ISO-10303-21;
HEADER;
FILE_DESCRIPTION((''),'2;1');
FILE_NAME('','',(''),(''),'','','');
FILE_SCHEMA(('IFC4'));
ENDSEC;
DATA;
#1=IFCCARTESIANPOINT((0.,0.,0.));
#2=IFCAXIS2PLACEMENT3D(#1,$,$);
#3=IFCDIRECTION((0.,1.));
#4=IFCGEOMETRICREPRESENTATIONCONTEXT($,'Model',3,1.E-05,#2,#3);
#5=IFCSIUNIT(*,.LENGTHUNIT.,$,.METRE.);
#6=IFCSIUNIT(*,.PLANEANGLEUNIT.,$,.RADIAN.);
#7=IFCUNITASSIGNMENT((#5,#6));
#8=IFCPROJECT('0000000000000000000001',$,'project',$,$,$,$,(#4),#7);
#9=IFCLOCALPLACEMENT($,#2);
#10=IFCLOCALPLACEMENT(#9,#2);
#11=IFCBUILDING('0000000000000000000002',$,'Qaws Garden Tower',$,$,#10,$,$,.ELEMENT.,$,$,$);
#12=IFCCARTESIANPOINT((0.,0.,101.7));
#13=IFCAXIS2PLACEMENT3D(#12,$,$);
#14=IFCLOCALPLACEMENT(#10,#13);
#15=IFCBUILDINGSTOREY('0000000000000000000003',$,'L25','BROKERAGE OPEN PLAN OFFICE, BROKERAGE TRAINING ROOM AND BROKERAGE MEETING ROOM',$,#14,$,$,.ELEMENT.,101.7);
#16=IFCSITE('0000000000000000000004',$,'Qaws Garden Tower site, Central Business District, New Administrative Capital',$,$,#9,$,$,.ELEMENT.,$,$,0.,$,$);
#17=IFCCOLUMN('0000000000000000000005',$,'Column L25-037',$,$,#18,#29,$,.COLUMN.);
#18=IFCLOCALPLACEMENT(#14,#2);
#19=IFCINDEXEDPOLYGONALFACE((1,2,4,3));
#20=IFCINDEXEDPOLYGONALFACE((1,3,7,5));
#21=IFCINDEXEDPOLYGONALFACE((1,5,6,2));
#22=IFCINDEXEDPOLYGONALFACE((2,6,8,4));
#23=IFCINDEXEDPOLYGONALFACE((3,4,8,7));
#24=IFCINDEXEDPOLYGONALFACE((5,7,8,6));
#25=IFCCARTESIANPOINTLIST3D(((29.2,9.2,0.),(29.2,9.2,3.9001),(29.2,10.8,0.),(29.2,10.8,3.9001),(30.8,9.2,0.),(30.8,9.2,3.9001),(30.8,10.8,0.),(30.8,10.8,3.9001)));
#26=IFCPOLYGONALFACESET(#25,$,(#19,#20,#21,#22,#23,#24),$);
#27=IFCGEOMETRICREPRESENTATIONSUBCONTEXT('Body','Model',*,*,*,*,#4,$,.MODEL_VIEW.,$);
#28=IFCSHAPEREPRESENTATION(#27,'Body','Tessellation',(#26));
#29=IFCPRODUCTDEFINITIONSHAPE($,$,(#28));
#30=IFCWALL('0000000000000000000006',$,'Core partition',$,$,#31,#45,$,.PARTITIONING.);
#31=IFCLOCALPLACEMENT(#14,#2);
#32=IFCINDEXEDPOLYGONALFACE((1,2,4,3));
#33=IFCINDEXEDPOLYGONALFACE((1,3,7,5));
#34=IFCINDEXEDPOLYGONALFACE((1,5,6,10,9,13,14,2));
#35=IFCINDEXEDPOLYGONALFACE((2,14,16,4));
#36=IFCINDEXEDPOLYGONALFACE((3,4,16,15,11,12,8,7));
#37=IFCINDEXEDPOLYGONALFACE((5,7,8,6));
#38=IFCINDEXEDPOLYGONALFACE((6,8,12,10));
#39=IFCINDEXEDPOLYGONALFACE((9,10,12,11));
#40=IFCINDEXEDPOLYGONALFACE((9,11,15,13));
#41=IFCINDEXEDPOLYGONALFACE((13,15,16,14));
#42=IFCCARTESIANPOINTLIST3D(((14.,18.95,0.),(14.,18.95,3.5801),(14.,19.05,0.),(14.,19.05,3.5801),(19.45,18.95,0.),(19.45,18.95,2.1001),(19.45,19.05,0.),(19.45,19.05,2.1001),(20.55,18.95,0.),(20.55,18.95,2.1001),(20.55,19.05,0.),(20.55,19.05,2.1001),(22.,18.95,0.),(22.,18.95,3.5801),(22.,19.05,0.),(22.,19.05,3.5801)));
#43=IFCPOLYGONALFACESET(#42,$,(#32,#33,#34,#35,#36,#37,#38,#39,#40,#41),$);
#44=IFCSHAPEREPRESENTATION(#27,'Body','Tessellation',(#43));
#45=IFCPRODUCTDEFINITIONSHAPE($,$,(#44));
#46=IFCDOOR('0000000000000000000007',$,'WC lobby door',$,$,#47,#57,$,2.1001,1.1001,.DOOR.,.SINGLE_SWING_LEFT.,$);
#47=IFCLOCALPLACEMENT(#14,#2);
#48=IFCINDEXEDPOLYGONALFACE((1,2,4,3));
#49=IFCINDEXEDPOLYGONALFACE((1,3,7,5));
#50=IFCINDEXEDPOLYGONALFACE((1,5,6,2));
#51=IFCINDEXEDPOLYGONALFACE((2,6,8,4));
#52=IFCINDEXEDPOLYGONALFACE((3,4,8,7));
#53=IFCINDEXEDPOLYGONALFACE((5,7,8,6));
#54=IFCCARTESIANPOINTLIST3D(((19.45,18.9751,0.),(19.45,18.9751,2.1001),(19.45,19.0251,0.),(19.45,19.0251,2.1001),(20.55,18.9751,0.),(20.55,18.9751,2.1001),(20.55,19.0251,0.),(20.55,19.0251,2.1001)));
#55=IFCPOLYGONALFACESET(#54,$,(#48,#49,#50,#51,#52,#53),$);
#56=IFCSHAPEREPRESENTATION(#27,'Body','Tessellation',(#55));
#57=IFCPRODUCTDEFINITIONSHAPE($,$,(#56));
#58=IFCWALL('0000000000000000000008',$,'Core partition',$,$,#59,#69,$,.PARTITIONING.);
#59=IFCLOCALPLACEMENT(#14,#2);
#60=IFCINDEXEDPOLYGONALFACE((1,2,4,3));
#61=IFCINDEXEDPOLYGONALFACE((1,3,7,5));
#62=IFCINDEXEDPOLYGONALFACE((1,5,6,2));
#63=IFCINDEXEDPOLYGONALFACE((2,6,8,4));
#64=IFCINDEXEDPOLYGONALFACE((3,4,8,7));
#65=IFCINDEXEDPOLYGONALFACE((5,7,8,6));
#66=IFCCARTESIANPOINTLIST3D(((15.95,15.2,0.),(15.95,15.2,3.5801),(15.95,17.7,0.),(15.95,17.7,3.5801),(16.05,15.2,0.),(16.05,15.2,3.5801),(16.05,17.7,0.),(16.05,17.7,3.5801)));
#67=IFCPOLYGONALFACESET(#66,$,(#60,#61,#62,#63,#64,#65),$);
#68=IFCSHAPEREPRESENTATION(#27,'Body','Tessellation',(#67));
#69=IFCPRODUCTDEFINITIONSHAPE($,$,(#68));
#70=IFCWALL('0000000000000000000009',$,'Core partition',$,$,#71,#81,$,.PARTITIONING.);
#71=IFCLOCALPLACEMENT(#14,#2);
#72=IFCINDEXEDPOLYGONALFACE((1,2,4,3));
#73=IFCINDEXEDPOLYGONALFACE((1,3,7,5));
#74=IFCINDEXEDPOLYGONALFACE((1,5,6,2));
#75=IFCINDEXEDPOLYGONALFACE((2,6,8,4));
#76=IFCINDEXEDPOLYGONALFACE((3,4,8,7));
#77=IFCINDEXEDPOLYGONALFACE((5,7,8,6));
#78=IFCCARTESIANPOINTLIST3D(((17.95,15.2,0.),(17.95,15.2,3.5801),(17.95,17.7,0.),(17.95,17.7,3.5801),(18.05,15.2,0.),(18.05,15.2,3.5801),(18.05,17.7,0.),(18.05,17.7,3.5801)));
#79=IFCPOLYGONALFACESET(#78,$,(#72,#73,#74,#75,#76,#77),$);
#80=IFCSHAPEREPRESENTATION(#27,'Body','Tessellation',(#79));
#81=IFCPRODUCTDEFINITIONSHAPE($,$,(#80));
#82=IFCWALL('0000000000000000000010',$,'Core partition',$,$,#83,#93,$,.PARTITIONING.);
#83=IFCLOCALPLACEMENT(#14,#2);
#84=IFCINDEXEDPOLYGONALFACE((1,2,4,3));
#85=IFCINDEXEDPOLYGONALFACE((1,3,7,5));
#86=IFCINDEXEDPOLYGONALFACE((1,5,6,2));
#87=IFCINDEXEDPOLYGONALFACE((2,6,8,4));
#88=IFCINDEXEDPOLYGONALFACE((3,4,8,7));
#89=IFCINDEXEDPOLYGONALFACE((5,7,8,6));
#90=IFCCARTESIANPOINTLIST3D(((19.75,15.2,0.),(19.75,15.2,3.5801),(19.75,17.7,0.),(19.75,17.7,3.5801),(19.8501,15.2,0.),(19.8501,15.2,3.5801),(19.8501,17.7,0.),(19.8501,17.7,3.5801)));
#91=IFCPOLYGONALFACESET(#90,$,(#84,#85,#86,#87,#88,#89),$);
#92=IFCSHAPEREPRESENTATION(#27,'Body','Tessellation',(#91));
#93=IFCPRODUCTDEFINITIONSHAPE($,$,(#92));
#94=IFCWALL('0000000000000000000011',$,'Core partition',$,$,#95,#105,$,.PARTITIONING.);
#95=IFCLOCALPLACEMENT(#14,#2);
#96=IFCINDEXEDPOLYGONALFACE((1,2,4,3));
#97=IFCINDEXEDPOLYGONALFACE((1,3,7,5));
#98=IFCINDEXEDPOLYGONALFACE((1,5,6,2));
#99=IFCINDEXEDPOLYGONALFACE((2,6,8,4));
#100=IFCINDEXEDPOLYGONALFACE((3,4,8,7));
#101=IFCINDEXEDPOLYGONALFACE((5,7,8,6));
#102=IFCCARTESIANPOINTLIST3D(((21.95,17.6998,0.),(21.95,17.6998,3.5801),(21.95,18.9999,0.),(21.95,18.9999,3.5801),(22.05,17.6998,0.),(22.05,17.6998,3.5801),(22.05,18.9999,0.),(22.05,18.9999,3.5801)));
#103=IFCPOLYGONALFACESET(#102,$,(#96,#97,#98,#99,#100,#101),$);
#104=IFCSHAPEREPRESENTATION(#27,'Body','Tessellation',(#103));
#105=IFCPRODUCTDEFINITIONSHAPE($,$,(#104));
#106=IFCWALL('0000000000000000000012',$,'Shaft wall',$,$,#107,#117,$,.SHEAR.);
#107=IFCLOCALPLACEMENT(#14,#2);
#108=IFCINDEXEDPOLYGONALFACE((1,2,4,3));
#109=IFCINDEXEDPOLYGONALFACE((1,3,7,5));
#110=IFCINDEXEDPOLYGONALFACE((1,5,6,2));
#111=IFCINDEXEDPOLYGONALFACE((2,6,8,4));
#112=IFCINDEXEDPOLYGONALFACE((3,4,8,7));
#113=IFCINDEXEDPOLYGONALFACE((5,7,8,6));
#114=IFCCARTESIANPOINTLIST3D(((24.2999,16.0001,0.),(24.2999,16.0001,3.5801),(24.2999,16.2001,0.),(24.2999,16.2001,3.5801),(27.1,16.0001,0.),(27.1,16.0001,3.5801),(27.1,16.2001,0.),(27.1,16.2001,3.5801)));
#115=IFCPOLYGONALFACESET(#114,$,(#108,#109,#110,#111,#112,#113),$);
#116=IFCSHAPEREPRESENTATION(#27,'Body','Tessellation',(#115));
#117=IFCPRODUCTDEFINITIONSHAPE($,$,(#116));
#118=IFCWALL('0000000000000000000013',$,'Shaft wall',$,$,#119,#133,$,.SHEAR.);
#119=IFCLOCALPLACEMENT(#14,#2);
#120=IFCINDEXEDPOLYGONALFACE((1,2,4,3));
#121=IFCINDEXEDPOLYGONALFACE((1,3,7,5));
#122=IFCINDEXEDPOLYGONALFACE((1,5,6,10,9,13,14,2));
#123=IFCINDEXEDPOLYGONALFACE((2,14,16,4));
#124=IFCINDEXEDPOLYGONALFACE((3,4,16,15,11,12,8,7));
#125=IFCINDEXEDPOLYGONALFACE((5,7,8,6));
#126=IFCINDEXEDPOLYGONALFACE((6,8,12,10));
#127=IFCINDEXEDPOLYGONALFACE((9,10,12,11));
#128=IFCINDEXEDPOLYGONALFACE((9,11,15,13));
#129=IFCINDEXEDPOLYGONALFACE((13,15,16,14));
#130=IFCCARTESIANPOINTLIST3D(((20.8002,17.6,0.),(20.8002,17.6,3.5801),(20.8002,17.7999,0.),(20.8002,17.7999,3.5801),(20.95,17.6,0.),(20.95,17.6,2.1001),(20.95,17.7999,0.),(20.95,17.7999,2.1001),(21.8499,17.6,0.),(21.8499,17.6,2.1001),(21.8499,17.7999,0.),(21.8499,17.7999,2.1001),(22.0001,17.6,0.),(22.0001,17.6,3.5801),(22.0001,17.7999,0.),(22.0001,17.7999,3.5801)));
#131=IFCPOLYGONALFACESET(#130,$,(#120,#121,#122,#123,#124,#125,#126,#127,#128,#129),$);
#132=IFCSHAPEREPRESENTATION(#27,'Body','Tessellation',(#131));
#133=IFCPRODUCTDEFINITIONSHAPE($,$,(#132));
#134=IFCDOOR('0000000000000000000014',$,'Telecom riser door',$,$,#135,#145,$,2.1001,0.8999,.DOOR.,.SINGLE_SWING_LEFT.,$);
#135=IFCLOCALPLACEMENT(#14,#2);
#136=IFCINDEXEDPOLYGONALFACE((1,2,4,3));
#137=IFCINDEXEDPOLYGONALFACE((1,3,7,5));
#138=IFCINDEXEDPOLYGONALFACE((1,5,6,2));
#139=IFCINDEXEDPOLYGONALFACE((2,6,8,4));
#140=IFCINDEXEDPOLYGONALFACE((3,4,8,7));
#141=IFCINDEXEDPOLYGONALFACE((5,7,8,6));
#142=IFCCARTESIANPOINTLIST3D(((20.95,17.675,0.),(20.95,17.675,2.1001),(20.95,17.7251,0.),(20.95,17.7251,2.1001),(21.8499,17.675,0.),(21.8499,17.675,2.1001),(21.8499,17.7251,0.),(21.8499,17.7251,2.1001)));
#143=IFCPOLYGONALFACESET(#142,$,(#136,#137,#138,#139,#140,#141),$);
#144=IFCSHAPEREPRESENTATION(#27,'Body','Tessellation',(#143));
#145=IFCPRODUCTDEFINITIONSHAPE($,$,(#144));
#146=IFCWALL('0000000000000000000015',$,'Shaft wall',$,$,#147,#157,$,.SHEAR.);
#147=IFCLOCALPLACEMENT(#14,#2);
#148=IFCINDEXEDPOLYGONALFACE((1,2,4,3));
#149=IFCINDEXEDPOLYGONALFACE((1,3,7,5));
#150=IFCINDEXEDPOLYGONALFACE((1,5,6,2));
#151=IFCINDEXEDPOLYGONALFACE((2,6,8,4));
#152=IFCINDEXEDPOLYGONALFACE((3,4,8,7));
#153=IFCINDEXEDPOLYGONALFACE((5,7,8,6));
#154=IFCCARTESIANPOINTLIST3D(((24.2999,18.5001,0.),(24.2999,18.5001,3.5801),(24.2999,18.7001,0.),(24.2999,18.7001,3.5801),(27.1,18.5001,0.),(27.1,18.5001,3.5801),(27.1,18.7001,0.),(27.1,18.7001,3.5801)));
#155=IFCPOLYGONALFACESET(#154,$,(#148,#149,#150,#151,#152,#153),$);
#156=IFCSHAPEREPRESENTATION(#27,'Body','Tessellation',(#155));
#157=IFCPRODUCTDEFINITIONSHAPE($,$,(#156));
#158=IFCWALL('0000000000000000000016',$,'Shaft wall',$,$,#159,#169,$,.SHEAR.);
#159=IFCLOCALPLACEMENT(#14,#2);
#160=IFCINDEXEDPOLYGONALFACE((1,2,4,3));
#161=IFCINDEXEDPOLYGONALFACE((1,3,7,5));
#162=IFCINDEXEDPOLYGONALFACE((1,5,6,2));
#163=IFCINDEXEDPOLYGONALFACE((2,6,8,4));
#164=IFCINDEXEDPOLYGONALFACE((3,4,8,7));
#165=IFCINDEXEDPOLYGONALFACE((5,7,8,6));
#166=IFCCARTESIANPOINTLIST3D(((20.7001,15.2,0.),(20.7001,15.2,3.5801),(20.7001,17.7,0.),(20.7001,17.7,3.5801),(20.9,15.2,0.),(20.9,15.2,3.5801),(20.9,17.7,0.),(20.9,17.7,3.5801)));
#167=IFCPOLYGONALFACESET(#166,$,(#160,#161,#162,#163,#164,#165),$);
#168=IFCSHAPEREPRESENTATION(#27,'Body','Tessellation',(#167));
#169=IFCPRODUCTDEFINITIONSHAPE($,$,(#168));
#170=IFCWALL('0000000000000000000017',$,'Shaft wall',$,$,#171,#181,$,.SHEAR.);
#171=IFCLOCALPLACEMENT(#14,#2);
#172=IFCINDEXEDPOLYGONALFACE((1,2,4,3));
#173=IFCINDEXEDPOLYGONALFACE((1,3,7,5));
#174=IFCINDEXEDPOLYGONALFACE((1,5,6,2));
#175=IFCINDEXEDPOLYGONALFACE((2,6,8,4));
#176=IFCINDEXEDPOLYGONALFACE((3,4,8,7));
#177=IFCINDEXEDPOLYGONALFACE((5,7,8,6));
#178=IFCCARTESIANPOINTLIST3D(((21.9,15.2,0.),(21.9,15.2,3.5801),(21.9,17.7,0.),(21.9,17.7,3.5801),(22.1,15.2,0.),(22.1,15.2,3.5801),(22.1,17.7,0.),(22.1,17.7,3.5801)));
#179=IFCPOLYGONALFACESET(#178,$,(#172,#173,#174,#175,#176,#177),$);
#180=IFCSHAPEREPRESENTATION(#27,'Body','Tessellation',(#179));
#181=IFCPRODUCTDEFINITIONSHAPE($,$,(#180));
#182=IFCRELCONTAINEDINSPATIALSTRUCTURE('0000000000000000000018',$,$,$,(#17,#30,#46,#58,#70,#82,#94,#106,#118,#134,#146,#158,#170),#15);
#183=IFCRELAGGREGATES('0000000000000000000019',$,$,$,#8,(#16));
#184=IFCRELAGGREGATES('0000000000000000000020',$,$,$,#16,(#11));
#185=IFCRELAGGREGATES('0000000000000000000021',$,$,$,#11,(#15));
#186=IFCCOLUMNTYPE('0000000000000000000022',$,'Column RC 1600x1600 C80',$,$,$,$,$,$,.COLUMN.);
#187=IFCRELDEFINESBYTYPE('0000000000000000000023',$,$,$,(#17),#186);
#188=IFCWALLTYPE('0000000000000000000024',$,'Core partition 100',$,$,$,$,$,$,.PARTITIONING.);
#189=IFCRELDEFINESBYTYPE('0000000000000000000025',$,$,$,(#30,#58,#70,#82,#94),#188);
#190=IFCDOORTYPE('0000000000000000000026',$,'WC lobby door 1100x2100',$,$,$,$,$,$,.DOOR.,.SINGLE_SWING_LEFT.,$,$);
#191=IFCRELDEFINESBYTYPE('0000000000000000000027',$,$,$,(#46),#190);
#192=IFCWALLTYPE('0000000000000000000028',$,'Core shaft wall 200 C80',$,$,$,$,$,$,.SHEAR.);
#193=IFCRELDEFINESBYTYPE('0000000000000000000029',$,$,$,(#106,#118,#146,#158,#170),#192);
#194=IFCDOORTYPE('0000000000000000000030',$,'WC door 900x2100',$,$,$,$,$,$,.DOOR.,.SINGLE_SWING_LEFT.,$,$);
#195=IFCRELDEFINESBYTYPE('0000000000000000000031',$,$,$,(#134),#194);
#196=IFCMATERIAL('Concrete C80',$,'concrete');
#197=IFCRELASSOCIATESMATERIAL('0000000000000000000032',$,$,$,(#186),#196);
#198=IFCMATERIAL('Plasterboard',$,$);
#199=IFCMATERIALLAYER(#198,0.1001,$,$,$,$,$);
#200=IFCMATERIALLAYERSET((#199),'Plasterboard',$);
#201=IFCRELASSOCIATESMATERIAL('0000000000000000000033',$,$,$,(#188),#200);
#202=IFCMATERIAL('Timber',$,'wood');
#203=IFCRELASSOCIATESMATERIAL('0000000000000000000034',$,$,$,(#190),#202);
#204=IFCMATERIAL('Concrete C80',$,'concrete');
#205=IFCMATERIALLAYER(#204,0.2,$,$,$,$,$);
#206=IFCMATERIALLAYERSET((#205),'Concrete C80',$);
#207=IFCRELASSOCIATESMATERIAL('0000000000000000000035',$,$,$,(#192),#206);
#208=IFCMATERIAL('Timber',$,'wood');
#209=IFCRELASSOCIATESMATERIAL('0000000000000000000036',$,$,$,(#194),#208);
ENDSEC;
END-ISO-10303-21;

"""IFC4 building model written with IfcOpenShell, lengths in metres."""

from ifc_helpers import new_model, si_unit, direction, frame, frame_2d, origin, origin_2d, place, context, subcontext, project, spatial, rectangle, extrude, material, layer, layer_set, material_profile, profile_set, type_object, element, fill, save


model = new_model("IFC4")

# Units and contexts
model_context = context("Model", 3, precision=1e-05, world=origin(), true_north=direction((0.0, 1.0)))
body_context = subcontext(model_context, "Body", "Model", "MODEL_VIEW")
ifc_project = project(units=[si_unit("LENGTHUNIT", "METRE"), si_unit("PLANEANGLEUNIT", "RADIAN")], contexts=[model_context])

# Site, building, storey
site_placement = place(None, origin())
site = spatial("IfcSite", under=ifc_project, at=site_placement, Name="Qaws Garden Tower site, Central Business District, New Administrative Capital", CompositionType="ELEMENT", RefElevation=0.0)
building_placement = place(site_placement, origin())
building = spatial("IfcBuilding", under=site, at=building_placement, Name="Qaws Garden Tower", CompositionType="ELEMENT")
storey_placement = place(building_placement, frame((0.0, 0.0, 101.7)))
storey = spatial("IfcBuildingStorey", under=building, at=storey_placement, Name="L25", Description="BROKERAGE OPEN PLAN OFFICE, BROKERAGE TRAINING ROOM AND BROKERAGE MEETING ROOM", CompositionType="ELEMENT", Elevation=101.7)

# Column
ifc_material_1 = material(Name="Concrete C80", Category="concrete")
ifc_material_profile = material_profile(ifc_material_1, rectangle(XDim=1.6001, YDim=1.6001, at=origin_2d()), Name="RC 1600x1600")
ifc_profile_set = profile_set([ifc_material_profile], Name="Concrete C80")
column_type = type_object("IfcColumnType", Name="Column RC 1600x1600 C80", PredefinedType="COLUMN", material=ifc_profile_set)
column_placement = place(storey_placement, frame((30.0, 10.0, 0.0), z_axis=(0.0, 0.0, 1.0), x_axis=(1.0, 0.0, 0.0)))
element("IfcColumn", 1, at=column_placement, inside=storey, type_object=column_type, Name="Column L25-037", PredefinedType="COLUMN", context=body_context, shape_type="SweptSolid", body=[
    extrude(rectangle(XDim=1.6001, YDim=1.6001, at=origin_2d()), origin(), (0.0, 0.0, 1.0), 3.9001),
])

# Wall, opening, door
ifc_material_2 = material(Name="Plasterboard")
ifc_layer_1 = layer(ifc_material_2, 0.1001)
ifc_layer_set_1 = layer_set([ifc_layer_1], Name="Plasterboard")
wall_type_1 = type_object("IfcWallType", Name="Core partition 100", PredefinedType="PARTITIONING", material=ifc_layer_set_1)
wall_1_placement = place(storey_placement, frame((14.0, 19.0, 0.0), z_axis=(0.0, 0.0, 1.0), x_axis=(1.0, 0.0, 0.0)))
wall_1 = element("IfcWall", 2, at=wall_1_placement, inside=storey, type_object=wall_type_1, Name="Core partition", PredefinedType="PARTITIONING", context=body_context, shape_type="SweptSolid", body=[
    extrude(rectangle(XDim=8.0, YDim=0.1001, at=frame_2d((4.0, 0.0))), origin(), (0.0, 0.0, 1.0), 3.5801),
])
opening_1_placement = place(wall_1_placement, frame((5.45, 0.0, 0.0)))
opening_1 = element("IfcOpeningElement", 3, at=opening_1_placement, cuts=wall_1, PredefinedType="OPENING", context=body_context, shape_type="SweptSolid", body=[
    extrude(rectangle(XDim=1.1001, YDim=2.1001, at=frame_2d((0.55, 1.05))), frame((0.0, 0.0601, 0.0), z_axis=(0.0, -1.0, 0.0), x_axis=(1.0, 0.0, 0.0)), (0.0, 0.0, 1.0), 0.1201),
])
ifc_material_3 = material(Name="Timber", Category="wood")
door_type_1 = type_object("IfcDoorType", Name="WC lobby door 1100x2100", OperationType="SINGLE_SWING_LEFT", PredefinedType="DOOR", material=ifc_material_3)
door_1_placement = place(opening_1_placement, frame((1.1001, 0.0, 0.0), z_axis=(0.0, 0.0, 1.0), x_axis=(-1.0, 0.0, 0.0)))
door_1 = element("IfcDoor", 4, at=door_1_placement, inside=storey, type_object=door_type_1, Name="WC lobby door", OperationType="SINGLE_SWING_LEFT", OverallHeight=2.1001, OverallWidth=1.1001, PredefinedType="DOOR", context=body_context, shape_type="SweptSolid", body=[
    extrude(rectangle(XDim=1.1001, YDim=2.1001, at=frame_2d((0.55, 1.05))), frame((0.0, 0.0249, 0.0), z_axis=(0.0, -1.0, 0.0), x_axis=(1.0, 0.0, 0.0)), (0.0, 0.0, 1.0), 0.05),
])
fill(opening_1, door_1)

# Walls
for number, where, z_axis, x_axis, name in (
    (5, (16.0, 15.2, 0.0), (0.0, 0.0, 1.0), (0.0, 1.0, 0.0), "Core partition"),
    (6, (18.0, 15.2, 0.0), (0.0, 0.0, 1.0), (0.0, 1.0, 0.0), "Core partition"),
    (7, (19.8, 15.2, 0.0), (0.0, 0.0, 1.0), (0.0, 1.0, 0.0), "Core partition"),
):
    element("IfcWall", number, at=place(storey_placement, frame(where, z_axis=z_axis, x_axis=x_axis)), inside=storey, type_object=wall_type_1, Name=name, PredefinedType="PARTITIONING", context=body_context, shape_type="SweptSolid", body=[
        extrude(rectangle(XDim=2.5, YDim=0.1001, at=frame_2d((1.25, 0.0))), origin(), (0.0, 0.0, 1.0), 3.5801),
    ])
wall_2_placement = place(storey_placement, frame((22.0, 17.7, 0.0), z_axis=(0.0, 0.0, 1.0), x_axis=(0.0, 1.0, 0.0)))
element("IfcWall", 8, at=wall_2_placement, inside=storey, type_object=wall_type_1, Name="Core partition", PredefinedType="PARTITIONING", context=body_context, shape_type="SweptSolid", body=[
    extrude(rectangle(XDim=1.3, YDim=0.1001, at=frame_2d((0.6499, 0.0))), origin(), (0.0, 0.0, 1.0), 3.5801),
])
ifc_material_4 = material(Name="Concrete C80", Category="concrete")
ifc_layer_2 = layer(ifc_material_4, 0.2)
ifc_layer_set_2 = layer_set([ifc_layer_2], Name="Concrete C80")
wall_type_2 = type_object("IfcWallType", Name="Core shaft wall 200 C80", PredefinedType="SHEAR", material=ifc_layer_set_2)
wall_3_placement = place(storey_placement, frame((24.3, 16.1001, 0.0), z_axis=(0.0, 0.0, 1.0), x_axis=(1.0, 0.0, 0.0)))
element("IfcWall", 9, at=wall_3_placement, inside=storey, type_object=wall_type_2, Name="Shaft wall", PredefinedType="SHEAR", context=body_context, shape_type="SweptSolid", body=[
    extrude(rectangle(XDim=2.8, YDim=0.2, at=frame_2d((1.3999, 0.0))), origin(), (0.0, 0.0, 1.0), 3.5801),
])

# Wall, opening, door
wall_4_placement = place(storey_placement, frame((20.8, 17.7, 0.0), z_axis=(0.0, 0.0, 1.0), x_axis=(1.0, 0.0, 0.0)))
wall_4 = element("IfcWall", 10, at=wall_4_placement, inside=storey, type_object=wall_type_2, Name="Shaft wall", PredefinedType="SHEAR", context=body_context, shape_type="SweptSolid", body=[
    extrude(rectangle(XDim=1.2, YDim=0.2, at=frame_2d((0.6001, 0.0))), origin(), (0.0, 0.0, 1.0), 3.5801),
])
opening_2_placement = place(wall_4_placement, frame((0.1499, 0.0, 0.0)))
opening_2 = element("IfcOpeningElement", 11, at=opening_2_placement, cuts=wall_4, PredefinedType="OPENING", context=body_context, shape_type="SweptSolid", body=[
    extrude(rectangle(XDim=0.8999, YDim=2.1001, at=frame_2d((0.45, 1.05))), frame((0.0, 0.1099, 0.0), z_axis=(0.0, -1.0, 0.0), x_axis=(1.0, 0.0, 0.0)), (0.0, 0.0, 1.0), 0.22),
])
ifc_material_5 = material(Name="Timber", Category="wood")
door_type_2 = type_object("IfcDoorType", Name="WC door 900x2100", OperationType="SINGLE_SWING_LEFT", PredefinedType="DOOR", material=ifc_material_5)
door_2_placement = place(opening_2_placement, frame((0.8999, 0.0, 0.0), z_axis=(0.0, 0.0, 1.0), x_axis=(-1.0, 0.0, 0.0)))
door_2 = element("IfcDoor", 12, at=door_2_placement, inside=storey, type_object=door_type_2, Name="Telecom riser door", OperationType="SINGLE_SWING_LEFT", OverallHeight=2.1001, OverallWidth=0.8999, PredefinedType="DOOR", context=body_context, shape_type="SweptSolid", body=[
    extrude(rectangle(XDim=0.8999, YDim=2.1001, at=frame_2d((0.45, 1.05))), frame((0.0, 0.0249, 0.0), z_axis=(0.0, -1.0, 0.0), x_axis=(1.0, 0.0, 0.0)), (0.0, 0.0, 1.0), 0.05),
])
fill(opening_2, door_2)

# Walls
wall_5_placement = place(storey_placement, frame((24.3, 18.6001, 0.0), z_axis=(0.0, 0.0, 1.0), x_axis=(1.0, 0.0, 0.0)))
element("IfcWall", 13, at=wall_5_placement, inside=storey, type_object=wall_type_2, Name="Shaft wall", PredefinedType="SHEAR", context=body_context, shape_type="SweptSolid", body=[
    extrude(rectangle(XDim=2.8, YDim=0.2, at=frame_2d((1.3999, 0.0))), origin(), (0.0, 0.0, 1.0), 3.5801),
])
for number, where, z_axis, x_axis, name in (
    (14, (20.8, 15.2, 0.0), (0.0, 0.0, 1.0), (0.0, 1.0, 0.0), "Shaft wall"),
    (15, (22.0, 15.2, 0.0), (0.0, 0.0, 1.0), (0.0, 1.0, 0.0), "Shaft wall"),
):
    element("IfcWall", number, at=place(storey_placement, frame(where, z_axis=z_axis, x_axis=x_axis)), inside=storey, type_object=wall_type_2, Name=name, PredefinedType="SHEAR", context=body_context, shape_type="SweptSolid", body=[
        extrude(rectangle(XDim=2.5, YDim=0.2, at=frame_2d((1.25, 0.0))), origin(), (0.0, 0.0, 1.0), 3.5801),
    ])

save(model, "model.ifc")
